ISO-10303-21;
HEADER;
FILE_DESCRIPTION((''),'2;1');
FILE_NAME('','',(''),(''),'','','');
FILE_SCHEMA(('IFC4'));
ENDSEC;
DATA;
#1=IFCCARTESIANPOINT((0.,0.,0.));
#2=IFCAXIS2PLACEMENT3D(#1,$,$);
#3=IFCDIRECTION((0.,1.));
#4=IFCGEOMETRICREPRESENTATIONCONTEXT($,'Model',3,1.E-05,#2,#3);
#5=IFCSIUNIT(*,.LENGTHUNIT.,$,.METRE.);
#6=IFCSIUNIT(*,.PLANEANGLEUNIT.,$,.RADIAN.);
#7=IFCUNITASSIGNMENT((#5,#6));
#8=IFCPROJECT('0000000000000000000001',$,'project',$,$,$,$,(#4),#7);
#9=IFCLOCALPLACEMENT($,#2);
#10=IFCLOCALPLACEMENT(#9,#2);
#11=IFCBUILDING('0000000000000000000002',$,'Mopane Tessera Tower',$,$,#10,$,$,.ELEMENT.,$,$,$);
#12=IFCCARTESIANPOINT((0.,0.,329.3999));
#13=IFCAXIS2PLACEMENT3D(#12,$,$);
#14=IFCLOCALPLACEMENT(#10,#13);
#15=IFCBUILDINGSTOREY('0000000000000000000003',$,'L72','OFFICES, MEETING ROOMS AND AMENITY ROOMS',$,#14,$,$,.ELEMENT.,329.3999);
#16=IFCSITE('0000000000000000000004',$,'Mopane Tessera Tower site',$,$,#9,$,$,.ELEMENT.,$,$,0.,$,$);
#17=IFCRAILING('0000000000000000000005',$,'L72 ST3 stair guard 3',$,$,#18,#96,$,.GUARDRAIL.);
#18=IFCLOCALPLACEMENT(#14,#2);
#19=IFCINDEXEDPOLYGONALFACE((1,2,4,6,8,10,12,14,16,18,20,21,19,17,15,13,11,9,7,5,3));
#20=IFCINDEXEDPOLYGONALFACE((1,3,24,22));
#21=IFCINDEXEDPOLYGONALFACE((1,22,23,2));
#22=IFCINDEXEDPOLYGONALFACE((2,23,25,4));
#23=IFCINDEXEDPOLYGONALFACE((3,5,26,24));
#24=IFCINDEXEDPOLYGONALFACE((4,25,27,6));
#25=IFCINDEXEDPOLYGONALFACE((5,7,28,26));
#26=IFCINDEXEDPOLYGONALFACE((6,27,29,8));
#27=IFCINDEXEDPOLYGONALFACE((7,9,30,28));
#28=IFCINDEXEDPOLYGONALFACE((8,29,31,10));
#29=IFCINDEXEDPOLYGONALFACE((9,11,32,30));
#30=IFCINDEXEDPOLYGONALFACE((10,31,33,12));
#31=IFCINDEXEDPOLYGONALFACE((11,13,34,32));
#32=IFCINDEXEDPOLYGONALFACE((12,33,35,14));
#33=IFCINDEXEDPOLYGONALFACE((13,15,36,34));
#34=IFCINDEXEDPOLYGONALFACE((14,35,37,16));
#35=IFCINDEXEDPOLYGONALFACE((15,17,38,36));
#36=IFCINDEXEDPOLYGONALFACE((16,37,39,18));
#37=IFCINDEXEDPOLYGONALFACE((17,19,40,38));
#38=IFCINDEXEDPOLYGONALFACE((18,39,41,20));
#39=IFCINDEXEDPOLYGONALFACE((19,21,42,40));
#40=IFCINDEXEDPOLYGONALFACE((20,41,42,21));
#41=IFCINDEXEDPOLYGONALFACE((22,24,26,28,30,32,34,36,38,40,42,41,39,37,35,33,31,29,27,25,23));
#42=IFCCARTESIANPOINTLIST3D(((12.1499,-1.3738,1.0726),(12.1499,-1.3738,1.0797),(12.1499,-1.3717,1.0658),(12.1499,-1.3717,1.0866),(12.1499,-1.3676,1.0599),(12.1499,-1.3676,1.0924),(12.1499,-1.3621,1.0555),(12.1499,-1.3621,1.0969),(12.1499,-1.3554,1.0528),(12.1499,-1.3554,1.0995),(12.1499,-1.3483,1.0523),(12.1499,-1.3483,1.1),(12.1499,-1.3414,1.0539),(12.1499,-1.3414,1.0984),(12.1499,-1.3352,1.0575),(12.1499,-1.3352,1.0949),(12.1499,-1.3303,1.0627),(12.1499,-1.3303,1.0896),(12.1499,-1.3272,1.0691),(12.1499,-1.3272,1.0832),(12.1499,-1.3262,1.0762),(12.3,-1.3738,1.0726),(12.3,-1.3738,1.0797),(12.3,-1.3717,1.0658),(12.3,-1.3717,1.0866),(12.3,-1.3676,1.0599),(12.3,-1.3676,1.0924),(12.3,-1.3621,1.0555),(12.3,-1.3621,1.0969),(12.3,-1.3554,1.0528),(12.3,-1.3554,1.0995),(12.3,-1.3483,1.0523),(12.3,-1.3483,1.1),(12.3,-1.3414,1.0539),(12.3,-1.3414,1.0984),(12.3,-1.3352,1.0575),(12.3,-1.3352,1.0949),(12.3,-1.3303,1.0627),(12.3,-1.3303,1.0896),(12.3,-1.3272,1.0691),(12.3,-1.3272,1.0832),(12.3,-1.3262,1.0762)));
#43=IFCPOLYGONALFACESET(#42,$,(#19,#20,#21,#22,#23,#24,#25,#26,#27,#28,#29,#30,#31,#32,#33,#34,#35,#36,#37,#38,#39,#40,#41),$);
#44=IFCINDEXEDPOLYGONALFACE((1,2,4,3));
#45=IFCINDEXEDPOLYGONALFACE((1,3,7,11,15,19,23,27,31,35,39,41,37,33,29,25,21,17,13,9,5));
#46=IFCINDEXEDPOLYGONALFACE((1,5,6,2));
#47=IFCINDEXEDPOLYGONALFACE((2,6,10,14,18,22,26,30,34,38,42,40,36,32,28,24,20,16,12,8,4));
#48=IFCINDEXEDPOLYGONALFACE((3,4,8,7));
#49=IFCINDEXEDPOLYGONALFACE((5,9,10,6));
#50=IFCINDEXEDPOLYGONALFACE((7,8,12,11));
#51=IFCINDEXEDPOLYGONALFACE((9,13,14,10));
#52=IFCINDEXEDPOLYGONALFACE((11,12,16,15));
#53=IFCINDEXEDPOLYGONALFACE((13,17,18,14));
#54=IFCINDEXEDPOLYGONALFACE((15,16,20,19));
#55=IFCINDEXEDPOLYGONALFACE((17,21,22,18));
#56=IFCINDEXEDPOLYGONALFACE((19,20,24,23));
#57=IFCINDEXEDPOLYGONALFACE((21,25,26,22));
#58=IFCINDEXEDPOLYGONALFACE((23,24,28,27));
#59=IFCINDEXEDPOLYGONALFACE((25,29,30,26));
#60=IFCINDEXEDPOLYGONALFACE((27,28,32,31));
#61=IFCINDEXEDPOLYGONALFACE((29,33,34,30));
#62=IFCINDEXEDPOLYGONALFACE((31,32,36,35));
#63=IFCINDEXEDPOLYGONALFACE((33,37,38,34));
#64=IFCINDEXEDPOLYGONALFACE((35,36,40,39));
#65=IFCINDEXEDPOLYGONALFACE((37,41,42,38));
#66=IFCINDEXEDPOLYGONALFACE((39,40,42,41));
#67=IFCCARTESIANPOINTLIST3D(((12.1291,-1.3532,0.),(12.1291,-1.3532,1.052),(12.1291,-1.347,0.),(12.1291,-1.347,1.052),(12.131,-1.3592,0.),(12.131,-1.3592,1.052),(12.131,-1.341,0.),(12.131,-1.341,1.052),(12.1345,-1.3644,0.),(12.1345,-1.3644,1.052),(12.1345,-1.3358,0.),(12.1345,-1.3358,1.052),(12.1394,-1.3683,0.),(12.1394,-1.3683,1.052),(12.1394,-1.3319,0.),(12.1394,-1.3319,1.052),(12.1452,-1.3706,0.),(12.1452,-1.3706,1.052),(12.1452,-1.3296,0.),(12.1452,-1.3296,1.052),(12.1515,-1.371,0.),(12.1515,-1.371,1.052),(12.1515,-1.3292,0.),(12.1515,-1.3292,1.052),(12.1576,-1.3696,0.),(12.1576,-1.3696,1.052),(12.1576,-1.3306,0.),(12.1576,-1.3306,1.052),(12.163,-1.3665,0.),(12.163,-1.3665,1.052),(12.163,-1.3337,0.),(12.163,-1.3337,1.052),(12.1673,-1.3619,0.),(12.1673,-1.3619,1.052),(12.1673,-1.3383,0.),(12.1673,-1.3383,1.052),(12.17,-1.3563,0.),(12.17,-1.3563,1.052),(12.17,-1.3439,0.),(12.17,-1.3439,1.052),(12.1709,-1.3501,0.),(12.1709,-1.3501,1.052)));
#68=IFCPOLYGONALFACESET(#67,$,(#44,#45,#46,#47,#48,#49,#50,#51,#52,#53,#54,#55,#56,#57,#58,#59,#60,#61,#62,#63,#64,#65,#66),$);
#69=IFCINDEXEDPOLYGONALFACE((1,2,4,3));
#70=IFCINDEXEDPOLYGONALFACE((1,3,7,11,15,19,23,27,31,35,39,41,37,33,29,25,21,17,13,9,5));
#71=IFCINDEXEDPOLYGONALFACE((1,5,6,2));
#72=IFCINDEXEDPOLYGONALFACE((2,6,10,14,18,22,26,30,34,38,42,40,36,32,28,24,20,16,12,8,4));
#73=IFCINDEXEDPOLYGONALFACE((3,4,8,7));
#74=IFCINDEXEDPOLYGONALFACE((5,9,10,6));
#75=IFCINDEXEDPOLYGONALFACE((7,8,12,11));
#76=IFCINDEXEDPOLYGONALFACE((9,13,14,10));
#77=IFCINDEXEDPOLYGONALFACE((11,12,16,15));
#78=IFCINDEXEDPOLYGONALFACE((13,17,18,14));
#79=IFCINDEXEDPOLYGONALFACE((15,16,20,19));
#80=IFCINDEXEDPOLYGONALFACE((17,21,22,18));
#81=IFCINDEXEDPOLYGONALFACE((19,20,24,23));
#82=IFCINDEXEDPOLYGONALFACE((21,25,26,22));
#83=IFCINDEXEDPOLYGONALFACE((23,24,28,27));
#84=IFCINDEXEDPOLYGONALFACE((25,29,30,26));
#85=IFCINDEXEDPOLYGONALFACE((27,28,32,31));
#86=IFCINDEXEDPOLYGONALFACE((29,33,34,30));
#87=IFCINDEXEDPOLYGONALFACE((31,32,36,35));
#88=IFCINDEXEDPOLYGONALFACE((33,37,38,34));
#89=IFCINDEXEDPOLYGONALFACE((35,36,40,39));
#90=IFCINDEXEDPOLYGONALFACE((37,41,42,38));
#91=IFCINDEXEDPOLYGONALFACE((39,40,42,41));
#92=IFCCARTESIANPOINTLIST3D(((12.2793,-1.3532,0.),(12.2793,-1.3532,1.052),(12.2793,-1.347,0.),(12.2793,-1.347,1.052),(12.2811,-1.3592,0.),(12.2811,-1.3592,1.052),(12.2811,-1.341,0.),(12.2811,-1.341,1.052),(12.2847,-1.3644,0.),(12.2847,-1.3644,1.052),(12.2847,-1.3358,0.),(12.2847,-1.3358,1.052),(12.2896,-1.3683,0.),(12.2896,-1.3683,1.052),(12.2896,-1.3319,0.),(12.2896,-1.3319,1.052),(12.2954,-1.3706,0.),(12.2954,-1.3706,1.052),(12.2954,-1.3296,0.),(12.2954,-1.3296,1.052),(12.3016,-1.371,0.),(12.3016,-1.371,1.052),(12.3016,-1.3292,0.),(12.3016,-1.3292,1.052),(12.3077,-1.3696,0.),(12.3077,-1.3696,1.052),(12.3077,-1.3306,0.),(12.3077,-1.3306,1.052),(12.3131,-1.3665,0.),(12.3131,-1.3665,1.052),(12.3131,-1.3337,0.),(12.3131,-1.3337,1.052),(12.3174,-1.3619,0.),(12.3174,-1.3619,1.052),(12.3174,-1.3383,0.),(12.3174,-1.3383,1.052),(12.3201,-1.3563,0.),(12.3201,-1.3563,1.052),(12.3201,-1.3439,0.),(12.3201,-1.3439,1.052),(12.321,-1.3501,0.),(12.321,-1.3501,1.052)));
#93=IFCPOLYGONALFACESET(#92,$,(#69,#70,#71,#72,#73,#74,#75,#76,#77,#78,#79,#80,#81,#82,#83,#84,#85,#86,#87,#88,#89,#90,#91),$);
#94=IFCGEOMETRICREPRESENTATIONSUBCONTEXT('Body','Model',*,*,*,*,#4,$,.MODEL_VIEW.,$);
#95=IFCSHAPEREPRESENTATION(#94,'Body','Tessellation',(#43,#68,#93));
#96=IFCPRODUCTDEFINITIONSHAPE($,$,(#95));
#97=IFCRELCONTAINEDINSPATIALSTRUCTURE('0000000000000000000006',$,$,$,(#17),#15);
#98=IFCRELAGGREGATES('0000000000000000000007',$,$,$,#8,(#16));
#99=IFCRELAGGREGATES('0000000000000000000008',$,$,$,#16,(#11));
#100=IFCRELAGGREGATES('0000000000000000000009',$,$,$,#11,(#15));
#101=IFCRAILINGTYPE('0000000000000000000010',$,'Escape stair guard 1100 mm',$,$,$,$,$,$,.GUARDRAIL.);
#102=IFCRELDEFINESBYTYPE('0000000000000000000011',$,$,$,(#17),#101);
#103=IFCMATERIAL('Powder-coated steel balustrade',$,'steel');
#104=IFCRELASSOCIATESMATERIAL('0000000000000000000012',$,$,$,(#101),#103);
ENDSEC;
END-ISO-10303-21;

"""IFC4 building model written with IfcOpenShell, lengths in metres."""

from ifc_helpers import new_model, si_unit, direction, frame, origin, origin_2d, place, context, subcontext, project, spatial, circle, extrude, material, type_object, element, save


model = new_model("IFC4")

# Units and contexts
model_context = context("Model", 3, precision=1e-05, world=origin(), true_north=direction((0.0, 1.0)))
body_context = subcontext(model_context, "Body", "Model", "MODEL_VIEW")
ifc_project = project(units=[si_unit("LENGTHUNIT", "METRE"), si_unit("PLANEANGLEUNIT", "RADIAN")], contexts=[model_context])

# Site, building, storey
site_placement = place(None, origin())
site = spatial("IfcSite", under=ifc_project, at=site_placement, Name="Mopane Tessera Tower site", CompositionType="ELEMENT", RefElevation=0.0)
building_placement = place(site_placement, origin())
building = spatial("IfcBuilding", under=site, at=building_placement, Name="Mopane Tessera Tower", CompositionType="ELEMENT")
storey_placement = place(building_placement, frame((0.0, 0.0, 329.3999)))
storey = spatial("IfcBuildingStorey", under=building, at=storey_placement, Name="L72", Description="OFFICES, MEETING ROOMS AND AMENITY ROOMS", CompositionType="ELEMENT", Elevation=329.3999)

# Railing
ifc_material_1 = material(Name="Powder-coated steel balustrade", Category="steel")
railing_type_1 = type_object("IfcRailingType", Name="Escape stair guard 1100 mm", PredefinedType="GUARDRAIL", material=ifc_material_1)
railing_1_placement = place(storey_placement, frame((12.1499, -1.3501, 0.0)))
element("IfcRailing", 1, at=railing_1_placement, inside=storey, type_object=railing_type_1, Name="L72 ST3 stair guard 3", PredefinedType="GUARDRAIL", context=body_context, shape_type="SweptSolid", body=[
    extrude(circle(Radius=0.0239, at=origin_2d()), frame((0.0, 0.0, 1.0762), z_axis=(1.0, 0.0, 0.0), x_axis=(0.0, 1.0, 0.0)), (0.0, 0.0, 1.0), 0.1501),
    extrude(circle(Radius=0.021, at=origin_2d()), origin(), (0.0, 0.0, 1.0), 1.052),
    extrude(circle(Radius=0.021, at=origin_2d()), frame((0.1501, 0.0, 0.0)), (0.0, 0.0, 1.0), 1.052),
])

save(model, "model.ifc")
